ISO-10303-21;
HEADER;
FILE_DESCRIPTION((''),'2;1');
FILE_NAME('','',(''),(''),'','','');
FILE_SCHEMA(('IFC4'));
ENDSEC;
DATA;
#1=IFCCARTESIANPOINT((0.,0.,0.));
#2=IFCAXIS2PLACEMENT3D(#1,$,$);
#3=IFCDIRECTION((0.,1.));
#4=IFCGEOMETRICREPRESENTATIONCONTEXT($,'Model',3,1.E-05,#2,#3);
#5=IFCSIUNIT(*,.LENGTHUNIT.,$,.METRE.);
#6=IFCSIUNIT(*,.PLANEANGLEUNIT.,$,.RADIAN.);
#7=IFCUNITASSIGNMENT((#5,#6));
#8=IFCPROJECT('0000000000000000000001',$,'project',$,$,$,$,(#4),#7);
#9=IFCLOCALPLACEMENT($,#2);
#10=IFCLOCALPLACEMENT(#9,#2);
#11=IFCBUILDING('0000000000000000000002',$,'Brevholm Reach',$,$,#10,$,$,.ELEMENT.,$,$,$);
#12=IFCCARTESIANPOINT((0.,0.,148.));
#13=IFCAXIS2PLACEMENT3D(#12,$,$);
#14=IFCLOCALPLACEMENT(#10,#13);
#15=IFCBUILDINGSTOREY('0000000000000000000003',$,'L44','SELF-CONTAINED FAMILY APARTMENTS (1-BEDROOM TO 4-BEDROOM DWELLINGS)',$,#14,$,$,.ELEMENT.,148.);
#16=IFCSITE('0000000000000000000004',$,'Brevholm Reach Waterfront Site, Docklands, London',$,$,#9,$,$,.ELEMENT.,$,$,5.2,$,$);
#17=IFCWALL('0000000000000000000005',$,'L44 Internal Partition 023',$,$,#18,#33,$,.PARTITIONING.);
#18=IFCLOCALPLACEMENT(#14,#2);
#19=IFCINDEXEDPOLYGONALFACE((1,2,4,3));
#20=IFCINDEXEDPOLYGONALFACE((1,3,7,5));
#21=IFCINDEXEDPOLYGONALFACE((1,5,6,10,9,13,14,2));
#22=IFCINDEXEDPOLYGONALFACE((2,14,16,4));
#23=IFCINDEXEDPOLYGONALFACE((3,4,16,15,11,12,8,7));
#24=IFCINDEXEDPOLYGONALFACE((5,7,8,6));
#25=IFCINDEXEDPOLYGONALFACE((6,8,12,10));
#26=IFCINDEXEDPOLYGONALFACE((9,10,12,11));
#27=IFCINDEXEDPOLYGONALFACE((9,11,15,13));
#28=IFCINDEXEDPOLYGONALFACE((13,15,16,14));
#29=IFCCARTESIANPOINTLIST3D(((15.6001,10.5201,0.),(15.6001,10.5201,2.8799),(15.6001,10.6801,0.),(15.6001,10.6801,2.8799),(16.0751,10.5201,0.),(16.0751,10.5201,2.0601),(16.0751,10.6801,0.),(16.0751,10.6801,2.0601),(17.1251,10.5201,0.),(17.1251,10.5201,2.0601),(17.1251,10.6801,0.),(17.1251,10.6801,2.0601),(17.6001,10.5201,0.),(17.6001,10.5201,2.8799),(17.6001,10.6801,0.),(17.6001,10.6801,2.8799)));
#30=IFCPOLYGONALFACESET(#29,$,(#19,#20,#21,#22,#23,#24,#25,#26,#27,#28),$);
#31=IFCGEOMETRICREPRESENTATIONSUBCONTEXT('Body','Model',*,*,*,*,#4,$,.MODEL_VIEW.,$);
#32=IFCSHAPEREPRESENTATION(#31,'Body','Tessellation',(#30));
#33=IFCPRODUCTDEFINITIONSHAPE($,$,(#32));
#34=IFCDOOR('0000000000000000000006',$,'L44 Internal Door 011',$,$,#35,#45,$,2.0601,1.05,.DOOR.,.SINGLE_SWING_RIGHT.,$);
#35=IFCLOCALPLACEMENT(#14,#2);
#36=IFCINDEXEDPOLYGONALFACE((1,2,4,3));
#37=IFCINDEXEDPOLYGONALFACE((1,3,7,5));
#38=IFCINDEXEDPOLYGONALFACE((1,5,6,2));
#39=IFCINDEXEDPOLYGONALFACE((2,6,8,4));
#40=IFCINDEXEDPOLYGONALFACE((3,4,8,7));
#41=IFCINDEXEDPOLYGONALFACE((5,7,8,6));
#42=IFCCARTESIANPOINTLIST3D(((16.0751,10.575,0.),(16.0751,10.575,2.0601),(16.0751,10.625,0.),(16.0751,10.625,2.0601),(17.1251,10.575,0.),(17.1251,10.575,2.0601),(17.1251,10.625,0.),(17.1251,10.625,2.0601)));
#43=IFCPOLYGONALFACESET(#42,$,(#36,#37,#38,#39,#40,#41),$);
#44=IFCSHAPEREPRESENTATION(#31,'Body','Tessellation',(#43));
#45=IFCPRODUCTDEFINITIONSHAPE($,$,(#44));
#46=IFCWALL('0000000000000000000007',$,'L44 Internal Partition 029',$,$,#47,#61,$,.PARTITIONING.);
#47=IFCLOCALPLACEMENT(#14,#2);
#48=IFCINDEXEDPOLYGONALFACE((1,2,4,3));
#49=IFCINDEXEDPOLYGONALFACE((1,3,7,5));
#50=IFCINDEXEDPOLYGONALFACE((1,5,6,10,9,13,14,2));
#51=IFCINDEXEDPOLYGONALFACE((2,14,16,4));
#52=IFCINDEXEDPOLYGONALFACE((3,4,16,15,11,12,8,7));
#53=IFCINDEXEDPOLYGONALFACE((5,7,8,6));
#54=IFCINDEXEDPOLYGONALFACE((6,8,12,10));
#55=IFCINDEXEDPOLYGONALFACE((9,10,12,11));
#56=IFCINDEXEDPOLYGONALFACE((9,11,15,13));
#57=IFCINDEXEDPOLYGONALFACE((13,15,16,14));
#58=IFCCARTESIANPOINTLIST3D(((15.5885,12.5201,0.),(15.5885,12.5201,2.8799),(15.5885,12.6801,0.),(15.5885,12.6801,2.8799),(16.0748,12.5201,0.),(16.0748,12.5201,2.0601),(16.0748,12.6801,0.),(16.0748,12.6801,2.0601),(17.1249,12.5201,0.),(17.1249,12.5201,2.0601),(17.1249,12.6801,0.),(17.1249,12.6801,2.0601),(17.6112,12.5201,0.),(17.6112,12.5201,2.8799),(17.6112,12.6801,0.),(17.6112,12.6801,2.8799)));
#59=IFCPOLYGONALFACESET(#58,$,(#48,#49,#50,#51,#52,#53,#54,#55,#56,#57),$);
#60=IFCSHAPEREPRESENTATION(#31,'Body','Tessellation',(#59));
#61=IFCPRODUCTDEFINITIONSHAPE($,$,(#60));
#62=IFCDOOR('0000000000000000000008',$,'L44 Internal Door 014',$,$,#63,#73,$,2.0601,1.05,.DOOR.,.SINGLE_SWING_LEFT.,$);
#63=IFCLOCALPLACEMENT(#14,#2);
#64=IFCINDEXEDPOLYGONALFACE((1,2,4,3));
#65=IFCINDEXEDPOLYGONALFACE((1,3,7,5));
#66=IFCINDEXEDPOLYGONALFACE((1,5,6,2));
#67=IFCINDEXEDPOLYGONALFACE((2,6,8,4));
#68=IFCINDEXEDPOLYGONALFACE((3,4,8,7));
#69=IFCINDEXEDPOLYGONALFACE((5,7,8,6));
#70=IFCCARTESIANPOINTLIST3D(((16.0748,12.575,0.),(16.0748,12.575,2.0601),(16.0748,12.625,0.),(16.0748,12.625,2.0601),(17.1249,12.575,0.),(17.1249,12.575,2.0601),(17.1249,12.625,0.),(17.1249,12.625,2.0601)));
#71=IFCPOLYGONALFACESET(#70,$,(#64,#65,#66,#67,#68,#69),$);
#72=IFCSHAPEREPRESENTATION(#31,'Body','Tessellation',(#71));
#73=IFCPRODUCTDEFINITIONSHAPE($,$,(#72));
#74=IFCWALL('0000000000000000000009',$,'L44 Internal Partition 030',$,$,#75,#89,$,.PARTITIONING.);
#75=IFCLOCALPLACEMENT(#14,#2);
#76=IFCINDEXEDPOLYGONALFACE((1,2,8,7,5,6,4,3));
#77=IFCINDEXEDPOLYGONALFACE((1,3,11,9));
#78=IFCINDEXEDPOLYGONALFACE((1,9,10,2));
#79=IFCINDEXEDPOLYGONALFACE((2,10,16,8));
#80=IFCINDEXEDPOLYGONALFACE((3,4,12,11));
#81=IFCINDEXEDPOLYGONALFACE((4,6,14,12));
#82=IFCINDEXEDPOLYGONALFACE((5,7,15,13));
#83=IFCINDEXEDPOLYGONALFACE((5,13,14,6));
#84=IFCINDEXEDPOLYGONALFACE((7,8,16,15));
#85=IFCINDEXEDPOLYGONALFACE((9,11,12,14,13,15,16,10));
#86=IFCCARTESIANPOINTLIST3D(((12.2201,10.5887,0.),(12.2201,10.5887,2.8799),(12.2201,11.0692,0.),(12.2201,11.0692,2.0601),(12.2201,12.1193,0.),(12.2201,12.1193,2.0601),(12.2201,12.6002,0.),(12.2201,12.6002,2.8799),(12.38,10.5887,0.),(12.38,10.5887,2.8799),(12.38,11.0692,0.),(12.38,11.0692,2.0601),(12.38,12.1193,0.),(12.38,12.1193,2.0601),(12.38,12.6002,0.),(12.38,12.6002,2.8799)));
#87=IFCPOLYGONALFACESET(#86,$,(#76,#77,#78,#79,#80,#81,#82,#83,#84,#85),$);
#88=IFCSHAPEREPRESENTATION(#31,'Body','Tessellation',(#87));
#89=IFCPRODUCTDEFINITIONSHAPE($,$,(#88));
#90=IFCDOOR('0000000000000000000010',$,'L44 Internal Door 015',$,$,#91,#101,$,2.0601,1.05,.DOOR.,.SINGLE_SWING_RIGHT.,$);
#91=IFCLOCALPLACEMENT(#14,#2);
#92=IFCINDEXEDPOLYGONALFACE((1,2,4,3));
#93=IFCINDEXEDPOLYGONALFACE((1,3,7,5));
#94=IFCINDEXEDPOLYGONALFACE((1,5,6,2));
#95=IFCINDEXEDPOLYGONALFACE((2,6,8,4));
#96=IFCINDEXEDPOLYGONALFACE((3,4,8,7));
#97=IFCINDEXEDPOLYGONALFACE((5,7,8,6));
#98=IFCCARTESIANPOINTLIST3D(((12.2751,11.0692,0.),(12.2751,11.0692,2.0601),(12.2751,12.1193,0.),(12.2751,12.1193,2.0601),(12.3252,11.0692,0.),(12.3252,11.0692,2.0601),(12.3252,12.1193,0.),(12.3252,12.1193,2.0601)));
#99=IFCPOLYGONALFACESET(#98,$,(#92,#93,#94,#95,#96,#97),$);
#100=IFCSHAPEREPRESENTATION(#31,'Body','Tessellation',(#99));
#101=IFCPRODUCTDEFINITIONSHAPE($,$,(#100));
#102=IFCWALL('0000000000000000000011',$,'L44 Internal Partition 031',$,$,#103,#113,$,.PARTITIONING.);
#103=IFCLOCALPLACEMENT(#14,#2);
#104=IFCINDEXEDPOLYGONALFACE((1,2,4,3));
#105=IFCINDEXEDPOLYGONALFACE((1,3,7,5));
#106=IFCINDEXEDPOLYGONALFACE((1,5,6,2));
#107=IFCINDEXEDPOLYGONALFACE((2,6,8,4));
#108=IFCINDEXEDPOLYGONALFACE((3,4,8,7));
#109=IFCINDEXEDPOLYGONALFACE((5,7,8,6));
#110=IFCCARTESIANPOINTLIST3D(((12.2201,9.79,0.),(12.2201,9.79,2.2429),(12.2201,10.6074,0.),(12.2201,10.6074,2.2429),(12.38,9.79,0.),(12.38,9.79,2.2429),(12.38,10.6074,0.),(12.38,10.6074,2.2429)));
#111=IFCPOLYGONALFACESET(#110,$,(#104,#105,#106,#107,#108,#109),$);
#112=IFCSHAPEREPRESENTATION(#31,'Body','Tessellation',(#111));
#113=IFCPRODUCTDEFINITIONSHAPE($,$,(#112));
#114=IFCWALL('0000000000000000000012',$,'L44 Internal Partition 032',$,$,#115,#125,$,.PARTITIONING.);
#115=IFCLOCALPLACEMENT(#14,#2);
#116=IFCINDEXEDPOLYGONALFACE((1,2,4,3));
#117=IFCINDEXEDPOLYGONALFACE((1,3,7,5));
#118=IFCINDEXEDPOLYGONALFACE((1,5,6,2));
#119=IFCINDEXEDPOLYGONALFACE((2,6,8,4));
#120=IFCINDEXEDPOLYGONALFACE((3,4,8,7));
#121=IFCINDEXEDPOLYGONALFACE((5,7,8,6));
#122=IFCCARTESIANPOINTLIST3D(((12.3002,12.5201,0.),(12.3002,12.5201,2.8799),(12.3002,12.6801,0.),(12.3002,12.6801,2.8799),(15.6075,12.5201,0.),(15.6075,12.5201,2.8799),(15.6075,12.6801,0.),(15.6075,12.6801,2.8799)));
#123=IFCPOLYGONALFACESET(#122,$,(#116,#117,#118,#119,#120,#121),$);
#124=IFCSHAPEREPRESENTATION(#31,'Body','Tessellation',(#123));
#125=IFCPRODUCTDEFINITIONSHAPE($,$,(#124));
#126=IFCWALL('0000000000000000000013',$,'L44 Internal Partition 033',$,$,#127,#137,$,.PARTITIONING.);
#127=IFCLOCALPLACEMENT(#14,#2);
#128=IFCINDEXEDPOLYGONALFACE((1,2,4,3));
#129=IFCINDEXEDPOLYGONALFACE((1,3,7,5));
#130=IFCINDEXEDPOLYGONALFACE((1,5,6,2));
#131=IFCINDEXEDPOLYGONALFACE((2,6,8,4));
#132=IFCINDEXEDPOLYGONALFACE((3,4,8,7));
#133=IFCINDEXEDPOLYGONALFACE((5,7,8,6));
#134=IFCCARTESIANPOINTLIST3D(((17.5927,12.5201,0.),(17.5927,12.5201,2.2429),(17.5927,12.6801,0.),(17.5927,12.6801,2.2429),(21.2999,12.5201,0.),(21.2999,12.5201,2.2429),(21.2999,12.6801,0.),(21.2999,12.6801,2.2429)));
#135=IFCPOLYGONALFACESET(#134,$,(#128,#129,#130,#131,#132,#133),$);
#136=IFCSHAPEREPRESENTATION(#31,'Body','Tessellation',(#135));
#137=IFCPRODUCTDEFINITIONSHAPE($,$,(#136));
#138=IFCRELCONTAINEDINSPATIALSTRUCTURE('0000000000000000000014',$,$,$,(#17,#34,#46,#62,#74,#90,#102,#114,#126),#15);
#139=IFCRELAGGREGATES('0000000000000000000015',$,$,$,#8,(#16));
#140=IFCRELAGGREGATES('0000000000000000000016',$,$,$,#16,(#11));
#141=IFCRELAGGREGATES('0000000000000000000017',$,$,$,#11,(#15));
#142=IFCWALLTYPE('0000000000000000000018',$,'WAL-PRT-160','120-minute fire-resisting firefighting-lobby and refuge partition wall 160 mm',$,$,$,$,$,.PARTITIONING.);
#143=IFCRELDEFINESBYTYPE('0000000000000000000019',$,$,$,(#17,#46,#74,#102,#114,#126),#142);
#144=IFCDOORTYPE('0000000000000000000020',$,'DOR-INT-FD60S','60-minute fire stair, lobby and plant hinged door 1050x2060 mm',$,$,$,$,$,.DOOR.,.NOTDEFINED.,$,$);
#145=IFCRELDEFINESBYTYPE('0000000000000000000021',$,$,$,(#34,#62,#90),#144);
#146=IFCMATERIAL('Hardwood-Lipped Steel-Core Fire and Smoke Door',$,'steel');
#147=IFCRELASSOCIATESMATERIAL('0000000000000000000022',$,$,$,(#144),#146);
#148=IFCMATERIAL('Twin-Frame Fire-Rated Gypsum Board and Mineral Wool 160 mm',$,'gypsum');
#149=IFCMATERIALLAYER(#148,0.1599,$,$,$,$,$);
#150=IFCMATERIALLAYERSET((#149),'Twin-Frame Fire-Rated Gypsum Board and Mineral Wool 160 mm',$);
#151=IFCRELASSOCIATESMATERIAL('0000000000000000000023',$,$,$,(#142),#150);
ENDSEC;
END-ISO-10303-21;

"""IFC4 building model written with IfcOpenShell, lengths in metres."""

from ifc_helpers import new_model, si_unit, direction, frame, frame_2d, origin, place, context, subcontext, project, spatial, rectangle, extrude, material, layer, layer_set, type_object, element, fill, save


model = new_model("IFC4")

# Units and contexts
model_context = context("Model", 3, precision=1e-05, world=origin(), true_north=direction((0.0, 1.0)))
body_context = subcontext(model_context, "Body", "Model", "MODEL_VIEW")
ifc_project = project(units=[si_unit("LENGTHUNIT", "METRE"), si_unit("PLANEANGLEUNIT", "RADIAN")], contexts=[model_context])

# Site, building, storey
site_placement = place(None, origin())
site = spatial("IfcSite", under=ifc_project, at=site_placement, Name="Brevholm Reach Waterfront Site, Docklands, London", CompositionType="ELEMENT", RefElevation=5.2)
building_placement = place(site_placement, origin())
building = spatial("IfcBuilding", under=site, at=building_placement, Name="Brevholm Reach", CompositionType="ELEMENT")
storey_placement = place(building_placement, frame((0.0, 0.0, 148.0)))
storey = spatial("IfcBuildingStorey", under=building, at=storey_placement, Name="L44", Description="SELF-CONTAINED FAMILY APARTMENTS (1-BEDROOM TO 4-BEDROOM DWELLINGS)", CompositionType="ELEMENT", Elevation=148.0)

# Shared definitions
ifc_material_1 = material(Name="Hardwood-Lipped Steel-Core Fire and Smoke Door", Category="steel")
door_type_1 = type_object("IfcDoorType", Name="DOR-INT-FD60S", Description="60-minute fire stair, lobby and plant hinged door 1050x2060 mm", OperationType="NOTDEFINED", PredefinedType="DOOR", material=ifc_material_1)

# Shared definitions
ifc_material_2 = material(Name="Twin-Frame Fire-Rated Gypsum Board and Mineral Wool 160 mm", Category="gypsum")
ifc_layer_1 = layer(ifc_material_2, 0.1599)
ifc_layer_set_1 = layer_set([ifc_layer_1], Name="Twin-Frame Fire-Rated Gypsum Board and Mineral Wool 160 mm")
wall_type_1 = type_object("IfcWallType", Name="WAL-PRT-160", Description="120-minute fire-resisting firefighting-lobby and refuge partition wall 160 mm", PredefinedType="PARTITIONING", material=ifc_layer_set_1)

# Walls, openings, doors
wall_1_placement = place(storey_placement, frame((15.6001, 10.6001, 0.0), z_axis=(0.0, 0.0, 1.0), x_axis=(1.0, 0.0, 0.0)))
wall_1 = element("IfcWall", 1, at=wall_1_placement, inside=storey, type_object=wall_type_1, Name="L44 Internal Partition 023", PredefinedType="PARTITIONING", context=body_context, shape_type="SweptSolid", body=[
    extrude(rectangle(XDim=2.0, YDim=0.1599, at=frame_2d((1.0, 0.0))), origin(), (0.0, 0.0, 1.0), 2.8799),
])
opening_1_placement = place(wall_1_placement, frame((0.4751, 0.0, 0.0)))
opening_1 = element("IfcOpeningElement", 2, at=opening_1_placement, cuts=wall_1, PredefinedType="OPENING", context=body_context, shape_type="SweptSolid", body=[
    extrude(rectangle(XDim=1.05, YDim=2.0601, at=frame_2d((0.5249, 1.03))), frame((0.0, 0.0898, 0.0), z_axis=(0.0, -1.0, 0.0), x_axis=(1.0, 0.0, 0.0)), (0.0, 0.0, 1.0), 0.1799),
])
door_1_placement = place(opening_1_placement, origin())
door_1 = element("IfcDoor", 3, at=door_1_placement, inside=storey, type_object=door_type_1, Name="L44 Internal Door 011", OperationType="SINGLE_SWING_RIGHT", OverallHeight=2.0601, OverallWidth=1.05, PredefinedType="DOOR", context=body_context, shape_type="SweptSolid", body=[
    extrude(rectangle(XDim=1.05, YDim=2.0601, at=frame_2d((0.5249, 1.03))), frame((0.0, 0.0249, 0.0), z_axis=(0.0, -1.0, 0.0), x_axis=(1.0, 0.0, 0.0)), (0.0, 0.0, 1.0), 0.05),
])
fill(opening_1, door_1)
wall_2_placement = place(storey_placement, frame((15.5886, 12.6001, 0.0), z_axis=(0.0, 0.0, 1.0), x_axis=(1.0, 0.0, 0.0)))
wall_2 = element("IfcWall", 4, at=wall_2_placement, inside=storey, type_object=wall_type_1, Name="L44 Internal Partition 029", PredefinedType="PARTITIONING", context=body_context, shape_type="SweptSolid", body=[
    extrude(rectangle(XDim=2.0227, YDim=0.1599, at=frame_2d((1.0112, 0.0))), origin(), (0.0, 0.0, 1.0), 2.8799),
])
opening_2_placement = place(wall_2_placement, frame((0.4863, 0.0, 0.0)))
opening_2 = element("IfcOpeningElement", 5, at=opening_2_placement, cuts=wall_2, PredefinedType="OPENING", context=body_context, shape_type="SweptSolid", body=[
    extrude(rectangle(XDim=1.05, YDim=2.0601, at=frame_2d((0.5249, 1.03))), frame((0.0, 0.0898, 0.0), z_axis=(0.0, -1.0, 0.0), x_axis=(1.0, 0.0, 0.0)), (0.0, 0.0, 1.0), 0.1799),
])
door_2_placement = place(opening_2_placement, origin())
door_2 = element("IfcDoor", 6, at=door_2_placement, inside=storey, type_object=door_type_1, Name="L44 Internal Door 014", OperationType="SINGLE_SWING_LEFT", OverallHeight=2.0601, OverallWidth=1.05, PredefinedType="DOOR", context=body_context, shape_type="SweptSolid", body=[
    extrude(rectangle(XDim=1.05, YDim=2.0601, at=frame_2d((0.5249, 1.03))), frame((0.0, 0.0249, 0.0), z_axis=(0.0, -1.0, 0.0), x_axis=(1.0, 0.0, 0.0)), (0.0, 0.0, 1.0), 0.05),
])
fill(opening_2, door_2)
wall_3_placement = place(storey_placement, frame((12.3, 10.5886, 0.0), z_axis=(0.0, 0.0, 1.0), x_axis=(0.0, 1.0, 0.0)))
wall_3 = element("IfcWall", 7, at=wall_3_placement, inside=storey, type_object=wall_type_1, Name="L44 Internal Partition 030", PredefinedType="PARTITIONING", context=body_context, shape_type="SweptSolid", body=[
    extrude(rectangle(XDim=2.0115, YDim=0.1599, at=frame_2d((1.0059, 0.0))), origin(), (0.0, 0.0, 1.0), 2.8799),
])
opening_3_placement = place(wall_3_placement, frame((0.4807, 0.0, 0.0)))
opening_3 = element("IfcOpeningElement", 8, at=opening_3_placement, cuts=wall_3, PredefinedType="OPENING", context=body_context, shape_type="SweptSolid", body=[
    extrude(rectangle(XDim=1.05, YDim=2.0601, at=frame_2d((0.5249, 1.03))), frame((0.0, 0.0898, 0.0), z_axis=(0.0, -1.0, 0.0), x_axis=(1.0, 0.0, 0.0)), (0.0, 0.0, 1.0), 0.1799),
])
door_3_placement = place(opening_3_placement, origin())
door_3 = element("IfcDoor", 9, at=door_3_placement, inside=storey, type_object=door_type_1, Name="L44 Internal Door 015", OperationType="SINGLE_SWING_RIGHT", OverallHeight=2.0601, OverallWidth=1.05, PredefinedType="DOOR", context=body_context, shape_type="SweptSolid", body=[
    extrude(rectangle(XDim=1.05, YDim=2.0601, at=frame_2d((0.5249, 1.03))), frame((0.0, 0.0249, 0.0), z_axis=(0.0, -1.0, 0.0), x_axis=(1.0, 0.0, 0.0)), (0.0, 0.0, 1.0), 0.05),
])
fill(opening_3, door_3)

# Walls
wall_4_placement = place(storey_placement, frame((12.3, 9.79, 0.0), z_axis=(0.0, 0.0, 1.0), x_axis=(0.0, 1.0, 0.0)))
element("IfcWall", 10, at=wall_4_placement, inside=storey, type_object=wall_type_1, Name="L44 Internal Partition 031", PredefinedType="PARTITIONING", context=body_context, shape_type="SweptSolid", body=[
    extrude(rectangle(XDim=0.8174, YDim=0.1599, at=frame_2d((0.4087, 0.0))), origin(), (0.0, 0.0, 1.0), 2.2429),
])
wall_5_placement = place(storey_placement, frame((12.3, 12.6001, 0.0), z_axis=(0.0, 0.0, 1.0), x_axis=(1.0, 0.0, 0.0)))
element("IfcWall", 11, at=wall_5_placement, inside=storey, type_object=wall_type_1, Name="L44 Internal Partition 032", PredefinedType="PARTITIONING", context=body_context, shape_type="SweptSolid", body=[
    extrude(rectangle(XDim=3.3074, YDim=0.1599, at=frame_2d((1.6538, 0.0))), origin(), (0.0, 0.0, 1.0), 2.8799),
])
wall_6_placement = place(storey_placement, frame((17.5928, 12.6001, 0.0), z_axis=(0.0, 0.0, 1.0), x_axis=(1.0, 0.0, 0.0)))
element("IfcWall", 12, at=wall_6_placement, inside=storey, type_object=wall_type_1, Name="L44 Internal Partition 033", PredefinedType="PARTITIONING", context=body_context, shape_type="SweptSolid", body=[
    extrude(rectangle(XDim=3.7073, YDim=0.1599, at=frame_2d((1.8535, 0.0))), origin(), (0.0, 0.0, 1.0), 2.2429),
])

save(model, "model.ifc")
